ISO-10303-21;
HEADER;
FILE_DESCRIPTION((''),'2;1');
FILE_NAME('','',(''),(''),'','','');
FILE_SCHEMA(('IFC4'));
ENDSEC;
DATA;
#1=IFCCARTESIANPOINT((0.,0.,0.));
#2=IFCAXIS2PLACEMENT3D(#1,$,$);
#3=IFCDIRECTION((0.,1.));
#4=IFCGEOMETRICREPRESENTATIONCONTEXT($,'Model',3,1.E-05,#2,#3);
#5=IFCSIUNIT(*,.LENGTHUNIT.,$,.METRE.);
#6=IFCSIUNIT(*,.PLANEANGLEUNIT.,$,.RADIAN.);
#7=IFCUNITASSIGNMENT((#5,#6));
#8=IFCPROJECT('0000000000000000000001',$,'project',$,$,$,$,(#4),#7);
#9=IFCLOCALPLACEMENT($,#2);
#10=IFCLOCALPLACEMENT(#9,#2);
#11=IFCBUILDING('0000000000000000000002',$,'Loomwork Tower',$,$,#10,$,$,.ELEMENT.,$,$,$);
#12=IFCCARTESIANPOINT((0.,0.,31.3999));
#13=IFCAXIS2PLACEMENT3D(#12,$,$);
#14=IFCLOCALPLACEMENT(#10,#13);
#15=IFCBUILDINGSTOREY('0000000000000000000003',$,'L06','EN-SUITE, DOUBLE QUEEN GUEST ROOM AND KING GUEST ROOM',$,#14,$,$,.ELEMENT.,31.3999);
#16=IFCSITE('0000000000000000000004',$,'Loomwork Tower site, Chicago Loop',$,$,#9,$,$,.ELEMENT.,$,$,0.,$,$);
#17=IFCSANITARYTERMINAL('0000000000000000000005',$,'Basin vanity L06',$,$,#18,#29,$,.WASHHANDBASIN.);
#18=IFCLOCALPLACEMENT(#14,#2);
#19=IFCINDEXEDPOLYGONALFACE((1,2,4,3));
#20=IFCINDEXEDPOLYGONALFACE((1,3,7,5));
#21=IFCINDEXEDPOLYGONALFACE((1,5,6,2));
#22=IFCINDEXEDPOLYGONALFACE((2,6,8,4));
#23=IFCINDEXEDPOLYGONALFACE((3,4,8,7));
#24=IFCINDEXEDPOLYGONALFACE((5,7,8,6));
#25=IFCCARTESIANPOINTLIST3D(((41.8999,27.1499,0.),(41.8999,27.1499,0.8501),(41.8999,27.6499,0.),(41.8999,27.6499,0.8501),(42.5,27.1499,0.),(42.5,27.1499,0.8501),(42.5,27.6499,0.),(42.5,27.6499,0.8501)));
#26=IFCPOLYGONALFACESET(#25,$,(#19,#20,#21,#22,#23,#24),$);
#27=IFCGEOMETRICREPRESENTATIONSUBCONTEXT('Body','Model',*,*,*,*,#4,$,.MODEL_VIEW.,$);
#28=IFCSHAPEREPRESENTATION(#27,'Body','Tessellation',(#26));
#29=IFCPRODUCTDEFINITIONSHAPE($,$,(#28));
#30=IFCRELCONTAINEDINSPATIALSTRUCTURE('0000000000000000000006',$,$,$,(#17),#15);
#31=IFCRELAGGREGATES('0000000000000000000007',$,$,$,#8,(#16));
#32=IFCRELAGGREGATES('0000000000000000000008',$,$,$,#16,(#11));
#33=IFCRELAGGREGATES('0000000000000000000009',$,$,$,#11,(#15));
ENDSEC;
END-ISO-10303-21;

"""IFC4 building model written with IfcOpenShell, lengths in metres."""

from ifc_helpers import new_model, si_unit, direction, frame, origin, origin_2d, place, context, subcontext, project, spatial, rectangle, extrude, element, save


model = new_model("IFC4")

# Units and contexts
model_context = context("Model", 3, precision=1e-05, world=origin(), true_north=direction((0.0, 1.0)))
body_context = subcontext(model_context, "Body", "Model", "MODEL_VIEW")
ifc_project = project(units=[si_unit("LENGTHUNIT", "METRE"), si_unit("PLANEANGLEUNIT", "RADIAN")], contexts=[model_context])

# Site, building, storey
site_placement = place(None, origin())
site = spatial("IfcSite", under=ifc_project, at=site_placement, Name="Loomwork Tower site, Chicago Loop", CompositionType="ELEMENT", RefElevation=0.0)
building_placement = place(site_placement, origin())
building = spatial("IfcBuilding", under=site, at=building_placement, Name="Loomwork Tower", CompositionType="ELEMENT")
storey_placement = place(building_placement, frame((0.0, 0.0, 31.3999)))
storey = spatial("IfcBuildingStorey", under=building, at=storey_placement, Name="L06", Description="EN-SUITE, DOUBLE QUEEN GUEST ROOM AND KING GUEST ROOM", CompositionType="ELEMENT", Elevation=31.3999)

# Sanitary terminal
sanitary_terminal_1_placement = place(storey_placement, frame((42.2, 27.3999, 0.0), z_axis=(0.0, 0.0, 1.0), x_axis=(1.0, 0.0, 0.0)))
element("IfcSanitaryTerminal", 1, at=sanitary_terminal_1_placement, inside=storey, Name="Basin vanity L06", PredefinedType="WASHHANDBASIN", context=body_context, shape_type="SweptSolid", body=[
    extrude(rectangle(XDim=0.6001, YDim=0.5, at=origin_2d()), origin(), (0.0, 0.0, 1.0), 0.8501),
])

save(model, "model.ifc")
